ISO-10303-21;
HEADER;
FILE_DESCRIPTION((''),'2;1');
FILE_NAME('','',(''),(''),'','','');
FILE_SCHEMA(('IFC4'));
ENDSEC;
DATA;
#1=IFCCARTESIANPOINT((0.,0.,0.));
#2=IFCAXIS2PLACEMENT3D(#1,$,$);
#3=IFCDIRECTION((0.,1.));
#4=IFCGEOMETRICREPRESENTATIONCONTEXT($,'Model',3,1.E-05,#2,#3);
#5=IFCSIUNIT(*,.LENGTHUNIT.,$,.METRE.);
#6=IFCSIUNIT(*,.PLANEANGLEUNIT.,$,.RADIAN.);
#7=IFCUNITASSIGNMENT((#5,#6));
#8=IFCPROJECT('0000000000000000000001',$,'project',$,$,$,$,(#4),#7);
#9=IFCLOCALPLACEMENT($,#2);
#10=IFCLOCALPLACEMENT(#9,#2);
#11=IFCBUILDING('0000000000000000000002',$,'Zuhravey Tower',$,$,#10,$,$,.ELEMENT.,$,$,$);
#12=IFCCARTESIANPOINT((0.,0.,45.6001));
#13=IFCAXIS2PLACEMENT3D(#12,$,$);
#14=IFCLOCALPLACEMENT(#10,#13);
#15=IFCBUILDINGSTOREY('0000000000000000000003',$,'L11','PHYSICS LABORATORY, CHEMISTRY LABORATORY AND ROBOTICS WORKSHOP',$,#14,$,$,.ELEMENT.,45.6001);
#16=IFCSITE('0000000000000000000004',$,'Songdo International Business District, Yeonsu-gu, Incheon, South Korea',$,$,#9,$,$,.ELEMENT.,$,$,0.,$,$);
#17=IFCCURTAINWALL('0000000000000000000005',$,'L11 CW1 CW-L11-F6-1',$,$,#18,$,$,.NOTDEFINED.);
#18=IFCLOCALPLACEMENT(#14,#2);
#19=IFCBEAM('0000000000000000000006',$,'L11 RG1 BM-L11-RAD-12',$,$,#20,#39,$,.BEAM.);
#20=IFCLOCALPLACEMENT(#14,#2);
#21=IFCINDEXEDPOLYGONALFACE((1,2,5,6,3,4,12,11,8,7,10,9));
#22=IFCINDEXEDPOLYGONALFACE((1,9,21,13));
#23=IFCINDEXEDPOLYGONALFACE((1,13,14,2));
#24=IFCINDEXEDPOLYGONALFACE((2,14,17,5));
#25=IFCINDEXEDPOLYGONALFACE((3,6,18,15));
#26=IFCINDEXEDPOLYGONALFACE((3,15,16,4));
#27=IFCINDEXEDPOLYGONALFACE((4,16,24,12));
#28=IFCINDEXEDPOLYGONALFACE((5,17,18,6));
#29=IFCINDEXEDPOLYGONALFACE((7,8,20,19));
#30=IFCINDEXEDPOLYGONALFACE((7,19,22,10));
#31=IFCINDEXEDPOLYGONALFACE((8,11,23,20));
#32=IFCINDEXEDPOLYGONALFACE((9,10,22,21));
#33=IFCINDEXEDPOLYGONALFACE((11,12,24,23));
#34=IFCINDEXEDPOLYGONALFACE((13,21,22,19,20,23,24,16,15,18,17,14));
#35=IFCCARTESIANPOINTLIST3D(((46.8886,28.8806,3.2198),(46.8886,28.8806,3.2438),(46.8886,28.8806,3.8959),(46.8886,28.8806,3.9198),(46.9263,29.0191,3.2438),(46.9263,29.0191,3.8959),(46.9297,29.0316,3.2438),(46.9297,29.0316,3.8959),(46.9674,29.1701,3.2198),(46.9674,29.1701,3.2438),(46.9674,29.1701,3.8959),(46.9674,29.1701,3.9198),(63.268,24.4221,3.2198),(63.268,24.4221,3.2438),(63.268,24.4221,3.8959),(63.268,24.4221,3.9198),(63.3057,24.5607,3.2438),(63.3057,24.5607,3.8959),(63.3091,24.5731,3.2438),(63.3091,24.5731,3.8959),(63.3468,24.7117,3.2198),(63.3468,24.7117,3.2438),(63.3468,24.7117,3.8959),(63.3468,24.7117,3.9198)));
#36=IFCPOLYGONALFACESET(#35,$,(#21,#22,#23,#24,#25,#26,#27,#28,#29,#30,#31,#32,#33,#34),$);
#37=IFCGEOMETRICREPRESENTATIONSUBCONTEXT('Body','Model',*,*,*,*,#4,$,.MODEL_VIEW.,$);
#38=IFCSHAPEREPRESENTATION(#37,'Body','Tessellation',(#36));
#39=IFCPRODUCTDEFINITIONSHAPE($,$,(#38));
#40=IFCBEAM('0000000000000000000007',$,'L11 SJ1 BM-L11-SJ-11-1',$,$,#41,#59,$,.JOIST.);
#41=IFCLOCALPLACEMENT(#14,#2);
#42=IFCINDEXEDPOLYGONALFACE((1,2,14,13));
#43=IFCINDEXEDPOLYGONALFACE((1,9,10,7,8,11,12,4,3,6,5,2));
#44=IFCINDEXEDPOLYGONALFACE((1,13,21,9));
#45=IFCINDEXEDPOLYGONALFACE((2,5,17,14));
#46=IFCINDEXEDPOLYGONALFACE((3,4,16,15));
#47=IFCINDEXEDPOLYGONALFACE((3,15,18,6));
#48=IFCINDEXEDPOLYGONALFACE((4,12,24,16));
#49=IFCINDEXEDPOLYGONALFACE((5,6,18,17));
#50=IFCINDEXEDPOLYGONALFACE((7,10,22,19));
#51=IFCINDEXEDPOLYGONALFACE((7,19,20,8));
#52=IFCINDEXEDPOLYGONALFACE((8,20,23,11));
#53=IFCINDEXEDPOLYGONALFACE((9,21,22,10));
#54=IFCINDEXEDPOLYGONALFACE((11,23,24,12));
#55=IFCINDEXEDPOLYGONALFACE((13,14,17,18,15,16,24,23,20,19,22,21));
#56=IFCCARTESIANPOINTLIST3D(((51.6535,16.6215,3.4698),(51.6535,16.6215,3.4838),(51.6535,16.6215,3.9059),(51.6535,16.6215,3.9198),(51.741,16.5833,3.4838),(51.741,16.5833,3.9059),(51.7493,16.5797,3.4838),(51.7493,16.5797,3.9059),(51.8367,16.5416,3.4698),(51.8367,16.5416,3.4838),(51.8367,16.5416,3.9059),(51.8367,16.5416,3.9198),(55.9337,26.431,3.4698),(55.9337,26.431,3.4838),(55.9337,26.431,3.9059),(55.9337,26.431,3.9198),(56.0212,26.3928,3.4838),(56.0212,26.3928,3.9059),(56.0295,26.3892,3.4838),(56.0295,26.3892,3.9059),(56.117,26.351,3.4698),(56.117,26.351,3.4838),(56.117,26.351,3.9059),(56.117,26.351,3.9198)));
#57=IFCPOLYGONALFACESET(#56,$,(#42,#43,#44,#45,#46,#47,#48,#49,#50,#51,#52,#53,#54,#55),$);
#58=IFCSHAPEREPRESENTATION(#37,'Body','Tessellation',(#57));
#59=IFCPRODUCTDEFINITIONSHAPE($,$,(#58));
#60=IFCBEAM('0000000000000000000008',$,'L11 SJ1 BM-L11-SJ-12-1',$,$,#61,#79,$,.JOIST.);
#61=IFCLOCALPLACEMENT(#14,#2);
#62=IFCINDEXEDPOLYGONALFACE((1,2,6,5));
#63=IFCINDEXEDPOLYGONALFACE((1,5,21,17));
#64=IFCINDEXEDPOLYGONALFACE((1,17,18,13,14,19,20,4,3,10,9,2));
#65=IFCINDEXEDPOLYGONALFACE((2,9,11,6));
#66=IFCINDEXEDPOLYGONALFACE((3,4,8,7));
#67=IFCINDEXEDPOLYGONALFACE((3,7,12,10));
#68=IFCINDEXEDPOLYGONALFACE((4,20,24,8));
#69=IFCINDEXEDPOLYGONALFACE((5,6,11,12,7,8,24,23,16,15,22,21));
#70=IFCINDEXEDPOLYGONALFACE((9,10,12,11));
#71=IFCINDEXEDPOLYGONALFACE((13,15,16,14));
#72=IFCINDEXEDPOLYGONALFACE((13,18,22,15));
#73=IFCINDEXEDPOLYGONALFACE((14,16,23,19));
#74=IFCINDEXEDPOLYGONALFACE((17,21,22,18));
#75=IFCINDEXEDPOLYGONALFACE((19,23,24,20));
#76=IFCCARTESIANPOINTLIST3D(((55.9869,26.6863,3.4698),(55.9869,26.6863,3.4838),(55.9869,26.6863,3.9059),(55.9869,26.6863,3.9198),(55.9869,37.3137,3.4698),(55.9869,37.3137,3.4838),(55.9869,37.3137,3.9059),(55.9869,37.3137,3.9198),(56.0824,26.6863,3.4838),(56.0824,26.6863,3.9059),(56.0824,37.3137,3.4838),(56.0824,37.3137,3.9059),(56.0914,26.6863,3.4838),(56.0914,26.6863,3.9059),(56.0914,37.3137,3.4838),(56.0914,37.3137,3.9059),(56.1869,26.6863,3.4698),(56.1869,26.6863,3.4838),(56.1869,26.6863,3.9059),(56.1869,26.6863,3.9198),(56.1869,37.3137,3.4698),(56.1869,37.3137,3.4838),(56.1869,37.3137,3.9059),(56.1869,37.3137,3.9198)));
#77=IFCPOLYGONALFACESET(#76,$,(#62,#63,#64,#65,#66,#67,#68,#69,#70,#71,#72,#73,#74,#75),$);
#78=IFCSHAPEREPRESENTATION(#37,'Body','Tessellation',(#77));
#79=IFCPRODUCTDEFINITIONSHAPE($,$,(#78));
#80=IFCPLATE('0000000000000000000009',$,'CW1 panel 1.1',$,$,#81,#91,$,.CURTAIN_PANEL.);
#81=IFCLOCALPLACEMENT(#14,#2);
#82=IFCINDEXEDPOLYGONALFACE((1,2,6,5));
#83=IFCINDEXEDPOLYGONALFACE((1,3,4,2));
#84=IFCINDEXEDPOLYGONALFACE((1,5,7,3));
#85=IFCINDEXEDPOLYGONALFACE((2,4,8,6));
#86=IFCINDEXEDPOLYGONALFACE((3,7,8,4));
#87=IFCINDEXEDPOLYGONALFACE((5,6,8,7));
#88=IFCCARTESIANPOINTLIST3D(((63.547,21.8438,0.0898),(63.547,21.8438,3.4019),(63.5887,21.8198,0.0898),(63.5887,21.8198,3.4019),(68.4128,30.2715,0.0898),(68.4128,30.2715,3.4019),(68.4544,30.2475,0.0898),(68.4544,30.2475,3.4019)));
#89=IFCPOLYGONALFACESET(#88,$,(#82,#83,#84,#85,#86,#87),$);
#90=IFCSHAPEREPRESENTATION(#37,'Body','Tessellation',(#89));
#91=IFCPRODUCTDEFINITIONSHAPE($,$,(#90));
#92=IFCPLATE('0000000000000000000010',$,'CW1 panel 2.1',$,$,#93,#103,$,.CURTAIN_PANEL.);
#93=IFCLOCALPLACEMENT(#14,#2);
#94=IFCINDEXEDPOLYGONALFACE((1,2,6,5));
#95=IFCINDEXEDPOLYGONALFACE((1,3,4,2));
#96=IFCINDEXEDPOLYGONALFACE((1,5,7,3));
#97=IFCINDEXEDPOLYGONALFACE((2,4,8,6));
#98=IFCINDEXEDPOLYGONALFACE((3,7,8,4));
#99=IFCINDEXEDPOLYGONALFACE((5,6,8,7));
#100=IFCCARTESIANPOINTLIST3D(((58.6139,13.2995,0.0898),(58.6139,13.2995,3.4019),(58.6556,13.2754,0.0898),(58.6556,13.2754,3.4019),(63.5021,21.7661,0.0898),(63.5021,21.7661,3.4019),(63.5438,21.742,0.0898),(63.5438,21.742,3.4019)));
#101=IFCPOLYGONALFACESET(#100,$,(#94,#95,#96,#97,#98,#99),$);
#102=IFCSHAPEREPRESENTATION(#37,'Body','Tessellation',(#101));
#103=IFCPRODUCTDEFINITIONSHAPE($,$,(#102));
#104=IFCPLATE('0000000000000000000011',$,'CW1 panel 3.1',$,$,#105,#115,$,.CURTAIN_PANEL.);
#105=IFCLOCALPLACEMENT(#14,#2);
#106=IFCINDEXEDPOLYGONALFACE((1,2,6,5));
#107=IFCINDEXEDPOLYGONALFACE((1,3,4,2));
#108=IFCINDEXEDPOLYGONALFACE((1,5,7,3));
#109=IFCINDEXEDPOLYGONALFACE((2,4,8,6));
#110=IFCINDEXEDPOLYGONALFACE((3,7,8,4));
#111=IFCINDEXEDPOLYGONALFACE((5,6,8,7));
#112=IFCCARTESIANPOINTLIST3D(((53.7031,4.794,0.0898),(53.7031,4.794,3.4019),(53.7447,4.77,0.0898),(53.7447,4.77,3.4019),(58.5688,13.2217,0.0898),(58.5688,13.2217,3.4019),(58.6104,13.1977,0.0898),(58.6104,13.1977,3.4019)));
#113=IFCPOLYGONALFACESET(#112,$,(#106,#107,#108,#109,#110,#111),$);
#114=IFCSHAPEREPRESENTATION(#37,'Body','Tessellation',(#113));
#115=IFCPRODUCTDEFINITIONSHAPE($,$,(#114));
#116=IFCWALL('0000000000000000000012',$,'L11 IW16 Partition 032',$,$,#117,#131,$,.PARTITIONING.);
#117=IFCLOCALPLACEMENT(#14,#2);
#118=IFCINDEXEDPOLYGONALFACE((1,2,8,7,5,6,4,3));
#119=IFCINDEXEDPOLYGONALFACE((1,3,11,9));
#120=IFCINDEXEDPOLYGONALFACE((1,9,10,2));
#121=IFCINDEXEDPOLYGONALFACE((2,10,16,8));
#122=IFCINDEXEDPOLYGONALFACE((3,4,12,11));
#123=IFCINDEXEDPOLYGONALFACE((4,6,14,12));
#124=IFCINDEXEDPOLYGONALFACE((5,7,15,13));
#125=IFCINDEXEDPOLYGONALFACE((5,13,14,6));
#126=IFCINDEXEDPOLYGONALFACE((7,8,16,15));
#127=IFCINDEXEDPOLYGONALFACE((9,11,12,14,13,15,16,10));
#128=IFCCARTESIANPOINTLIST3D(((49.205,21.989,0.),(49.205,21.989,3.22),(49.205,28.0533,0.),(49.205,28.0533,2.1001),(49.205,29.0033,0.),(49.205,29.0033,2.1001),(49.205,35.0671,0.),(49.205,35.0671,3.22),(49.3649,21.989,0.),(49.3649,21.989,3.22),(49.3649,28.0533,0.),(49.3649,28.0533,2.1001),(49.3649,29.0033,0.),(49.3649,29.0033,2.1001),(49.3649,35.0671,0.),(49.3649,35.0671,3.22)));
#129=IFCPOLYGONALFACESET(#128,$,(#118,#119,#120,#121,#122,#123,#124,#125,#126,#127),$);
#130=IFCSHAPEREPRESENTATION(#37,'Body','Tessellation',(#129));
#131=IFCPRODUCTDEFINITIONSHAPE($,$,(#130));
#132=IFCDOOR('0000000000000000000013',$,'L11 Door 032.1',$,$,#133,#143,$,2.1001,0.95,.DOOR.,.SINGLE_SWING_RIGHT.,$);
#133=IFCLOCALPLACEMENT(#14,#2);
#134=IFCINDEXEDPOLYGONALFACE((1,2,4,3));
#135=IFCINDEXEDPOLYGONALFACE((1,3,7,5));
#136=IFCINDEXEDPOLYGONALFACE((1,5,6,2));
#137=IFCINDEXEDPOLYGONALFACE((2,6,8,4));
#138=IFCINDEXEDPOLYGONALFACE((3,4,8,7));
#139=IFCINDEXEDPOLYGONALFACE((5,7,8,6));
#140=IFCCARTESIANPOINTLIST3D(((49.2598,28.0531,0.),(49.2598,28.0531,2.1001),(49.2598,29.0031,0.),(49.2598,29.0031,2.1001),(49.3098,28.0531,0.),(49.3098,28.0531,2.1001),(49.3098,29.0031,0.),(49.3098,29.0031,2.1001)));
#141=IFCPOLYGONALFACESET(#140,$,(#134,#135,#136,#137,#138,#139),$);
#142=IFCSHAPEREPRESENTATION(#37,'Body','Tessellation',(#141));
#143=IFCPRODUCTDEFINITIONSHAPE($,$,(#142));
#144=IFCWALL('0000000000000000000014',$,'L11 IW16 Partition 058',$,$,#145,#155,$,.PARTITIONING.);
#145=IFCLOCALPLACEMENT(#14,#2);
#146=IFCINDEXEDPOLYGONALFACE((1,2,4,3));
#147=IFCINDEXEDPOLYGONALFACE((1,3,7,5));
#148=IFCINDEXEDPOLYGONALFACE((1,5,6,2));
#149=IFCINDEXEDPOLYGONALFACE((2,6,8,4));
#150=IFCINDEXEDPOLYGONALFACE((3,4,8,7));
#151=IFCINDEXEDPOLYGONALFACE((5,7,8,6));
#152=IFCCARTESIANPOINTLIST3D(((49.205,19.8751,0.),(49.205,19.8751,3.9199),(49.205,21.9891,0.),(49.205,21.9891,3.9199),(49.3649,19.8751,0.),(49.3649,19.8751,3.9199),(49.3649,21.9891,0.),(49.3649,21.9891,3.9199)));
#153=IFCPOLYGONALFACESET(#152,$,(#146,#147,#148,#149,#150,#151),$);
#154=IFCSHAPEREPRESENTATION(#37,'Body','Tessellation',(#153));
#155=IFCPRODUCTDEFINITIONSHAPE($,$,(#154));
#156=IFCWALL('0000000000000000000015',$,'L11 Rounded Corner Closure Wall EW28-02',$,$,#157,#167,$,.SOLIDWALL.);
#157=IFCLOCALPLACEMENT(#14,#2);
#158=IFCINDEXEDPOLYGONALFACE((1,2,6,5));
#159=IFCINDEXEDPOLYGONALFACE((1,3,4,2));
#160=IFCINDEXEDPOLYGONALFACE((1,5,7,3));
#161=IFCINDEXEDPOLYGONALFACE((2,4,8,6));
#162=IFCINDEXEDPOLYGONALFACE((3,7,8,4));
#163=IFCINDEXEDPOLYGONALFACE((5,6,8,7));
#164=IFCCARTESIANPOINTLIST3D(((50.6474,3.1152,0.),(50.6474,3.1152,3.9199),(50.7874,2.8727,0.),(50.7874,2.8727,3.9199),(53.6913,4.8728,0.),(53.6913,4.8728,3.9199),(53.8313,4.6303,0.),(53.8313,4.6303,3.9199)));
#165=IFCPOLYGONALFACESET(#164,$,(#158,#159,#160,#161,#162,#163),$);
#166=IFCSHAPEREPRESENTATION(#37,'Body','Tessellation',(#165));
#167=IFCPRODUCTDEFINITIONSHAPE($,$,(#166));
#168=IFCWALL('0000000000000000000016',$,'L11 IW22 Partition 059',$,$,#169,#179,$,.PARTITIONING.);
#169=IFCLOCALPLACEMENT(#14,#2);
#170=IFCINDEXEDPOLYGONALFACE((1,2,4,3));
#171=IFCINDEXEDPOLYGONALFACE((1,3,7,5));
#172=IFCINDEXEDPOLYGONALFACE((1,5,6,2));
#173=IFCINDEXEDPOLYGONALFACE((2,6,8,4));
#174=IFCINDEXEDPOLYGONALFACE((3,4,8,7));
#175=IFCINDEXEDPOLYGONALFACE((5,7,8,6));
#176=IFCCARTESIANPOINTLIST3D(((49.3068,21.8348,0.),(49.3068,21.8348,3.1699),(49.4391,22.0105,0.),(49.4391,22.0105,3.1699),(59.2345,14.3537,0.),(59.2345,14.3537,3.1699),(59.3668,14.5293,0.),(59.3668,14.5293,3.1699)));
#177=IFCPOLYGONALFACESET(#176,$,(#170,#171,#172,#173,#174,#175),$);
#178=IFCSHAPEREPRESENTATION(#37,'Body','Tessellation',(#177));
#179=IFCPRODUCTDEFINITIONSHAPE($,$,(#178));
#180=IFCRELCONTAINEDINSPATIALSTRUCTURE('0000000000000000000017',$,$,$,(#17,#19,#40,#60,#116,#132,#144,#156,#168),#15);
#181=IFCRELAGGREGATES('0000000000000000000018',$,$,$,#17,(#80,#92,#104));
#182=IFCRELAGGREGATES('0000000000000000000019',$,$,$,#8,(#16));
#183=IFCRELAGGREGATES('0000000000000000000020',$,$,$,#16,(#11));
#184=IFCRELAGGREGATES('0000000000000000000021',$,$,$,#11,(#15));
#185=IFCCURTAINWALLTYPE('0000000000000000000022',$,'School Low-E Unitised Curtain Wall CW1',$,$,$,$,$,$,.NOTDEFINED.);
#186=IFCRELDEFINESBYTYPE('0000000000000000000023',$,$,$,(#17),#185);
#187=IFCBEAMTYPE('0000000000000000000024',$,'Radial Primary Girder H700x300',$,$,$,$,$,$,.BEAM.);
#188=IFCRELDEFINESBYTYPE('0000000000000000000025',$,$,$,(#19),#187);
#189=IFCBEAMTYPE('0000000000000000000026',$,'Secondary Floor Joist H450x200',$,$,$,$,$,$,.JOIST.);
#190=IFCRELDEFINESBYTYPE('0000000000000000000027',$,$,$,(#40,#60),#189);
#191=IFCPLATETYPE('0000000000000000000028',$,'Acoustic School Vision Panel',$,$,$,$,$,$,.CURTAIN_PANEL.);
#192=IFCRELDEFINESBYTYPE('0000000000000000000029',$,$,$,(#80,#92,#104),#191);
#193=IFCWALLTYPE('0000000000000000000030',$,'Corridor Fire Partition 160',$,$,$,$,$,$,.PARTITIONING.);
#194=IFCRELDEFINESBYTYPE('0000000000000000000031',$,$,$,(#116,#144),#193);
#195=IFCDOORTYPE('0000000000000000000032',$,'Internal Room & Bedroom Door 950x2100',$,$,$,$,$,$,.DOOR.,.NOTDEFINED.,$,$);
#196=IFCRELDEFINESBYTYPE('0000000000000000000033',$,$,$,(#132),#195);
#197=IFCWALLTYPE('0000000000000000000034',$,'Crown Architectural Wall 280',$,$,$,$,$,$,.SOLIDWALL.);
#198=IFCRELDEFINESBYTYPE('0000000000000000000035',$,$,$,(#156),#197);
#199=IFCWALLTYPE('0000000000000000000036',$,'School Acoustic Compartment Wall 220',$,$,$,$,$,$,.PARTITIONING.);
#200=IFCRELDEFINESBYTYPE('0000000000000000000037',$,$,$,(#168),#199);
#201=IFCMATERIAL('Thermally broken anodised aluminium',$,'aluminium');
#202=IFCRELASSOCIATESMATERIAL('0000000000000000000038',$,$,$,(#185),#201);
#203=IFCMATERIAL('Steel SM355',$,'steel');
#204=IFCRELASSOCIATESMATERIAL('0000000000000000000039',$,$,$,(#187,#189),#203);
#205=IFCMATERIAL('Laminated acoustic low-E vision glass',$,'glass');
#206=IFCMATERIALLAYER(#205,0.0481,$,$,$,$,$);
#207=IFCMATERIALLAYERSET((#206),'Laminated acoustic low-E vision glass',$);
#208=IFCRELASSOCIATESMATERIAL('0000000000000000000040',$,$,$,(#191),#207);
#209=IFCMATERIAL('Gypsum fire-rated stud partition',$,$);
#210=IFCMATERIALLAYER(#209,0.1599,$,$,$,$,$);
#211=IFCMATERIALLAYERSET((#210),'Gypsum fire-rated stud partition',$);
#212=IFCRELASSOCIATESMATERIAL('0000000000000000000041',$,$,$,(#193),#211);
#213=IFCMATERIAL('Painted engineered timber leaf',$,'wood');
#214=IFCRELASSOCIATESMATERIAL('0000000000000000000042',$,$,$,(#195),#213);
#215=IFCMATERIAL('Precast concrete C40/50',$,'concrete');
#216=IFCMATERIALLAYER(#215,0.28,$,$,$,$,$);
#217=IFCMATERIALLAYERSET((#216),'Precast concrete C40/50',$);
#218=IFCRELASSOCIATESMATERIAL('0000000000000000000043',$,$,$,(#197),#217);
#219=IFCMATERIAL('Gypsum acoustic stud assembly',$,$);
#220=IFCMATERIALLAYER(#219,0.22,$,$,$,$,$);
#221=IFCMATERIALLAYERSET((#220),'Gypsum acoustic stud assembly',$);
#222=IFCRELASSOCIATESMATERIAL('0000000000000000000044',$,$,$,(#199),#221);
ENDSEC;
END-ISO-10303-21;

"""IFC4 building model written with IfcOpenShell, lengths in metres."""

from ifc_helpers import new_model, si_unit, direction, frame, frame_2d, origin, origin_2d, place, context, subcontext, project, spatial, rectangle, i_section, extrude, material, layer, layer_set, material_profile, profile_set, type_object, element, fill, aggregate, save


model = new_model("IFC4")

# Units and contexts
model_context = context("Model", 3, precision=1e-05, world=origin(), true_north=direction((0.0, 1.0)))
body_context = subcontext(model_context, "Body", "Model", "MODEL_VIEW")
ifc_project = project(units=[si_unit("LENGTHUNIT", "METRE"), si_unit("PLANEANGLEUNIT", "RADIAN")], contexts=[model_context])

# Site, building, storey
site_placement = place(None, origin())
site = spatial("IfcSite", under=ifc_project, at=site_placement, Name="Songdo International Business District, Yeonsu-gu, Incheon, South Korea", CompositionType="ELEMENT", RefElevation=0.0)
building_placement = place(site_placement, origin())
building = spatial("IfcBuilding", under=site, at=building_placement, Name="Zuhravey Tower", CompositionType="ELEMENT")
storey_placement = place(building_placement, frame((0.0, 0.0, 45.6001)))
storey = spatial("IfcBuildingStorey", under=building, at=storey_placement, Name="L11", Description="PHYSICS LABORATORY, CHEMISTRY LABORATORY AND ROBOTICS WORKSHOP", CompositionType="ELEMENT", Elevation=45.6001)

# Curtain wall
ifc_material_1 = material(Name="Thermally broken anodised aluminium", Category="aluminium")
curtain_wall_type = type_object("IfcCurtainWallType", Name="School Low-E Unitised Curtain Wall CW1", PredefinedType="NOTDEFINED", material=ifc_material_1)
curtain_wall_1_placement = place(storey_placement, origin())
curtain_wall_1 = element("IfcCurtainWall", 1, at=curtain_wall_1_placement, inside=storey, type_object=curtain_wall_type, Name="L11 CW1 CW-L11-F6-1", PredefinedType="NOTDEFINED")

# Beams
ifc_material_2 = material(Name="Steel SM355", Category="steel")
ifc_material_profile_1 = material_profile(ifc_material_2, i_section(OverallWidth=0.3, OverallDepth=0.7, WebThickness=0.0129, FlangeThickness=0.0239, at=origin_2d()), Name="H-700x300x13x24")
ifc_profile_set_1 = profile_set([ifc_material_profile_1], Name="Steel SM355")
beam_type_1 = type_object("IfcBeamType", Name="Radial Primary Girder H700x300", PredefinedType="BEAM", material=ifc_profile_set_1)
beam_1_placement = place(storey_placement, frame((46.928, 29.0254, 3.5698), z_axis=(0.964892, -0.262645, 0.0), x_axis=(0.262645, 0.964892, 0.0)))
element("IfcBeam", 2, at=beam_1_placement, inside=storey, type_object=beam_type_1, Name="L11 RG1 BM-L11-RAD-12", PredefinedType="BEAM", context=body_context, shape_type="SweptSolid", body=[
    extrude(i_section(OverallWidth=0.3, OverallDepth=0.7, WebThickness=0.0129, FlangeThickness=0.0239, at=origin_2d()), origin(), (0.0, 0.0, 1.0), 16.9753),
])
ifc_material_profile_2 = material_profile(ifc_material_2, i_section(OverallWidth=0.2, OverallDepth=0.45, WebThickness=0.009, FlangeThickness=0.0139, at=origin_2d()), Name="H-450x200x9x14")
ifc_profile_set_2 = profile_set([ifc_material_profile_2], Name="Steel SM355")
beam_type_2 = type_object("IfcBeamType", Name="Secondary Floor Joist H450x200", PredefinedType="JOIST", material=ifc_profile_set_2)
beam_2_placement = place(storey_placement, frame((51.7451, 16.5815, 3.6948), z_axis=(0.399924, 0.916549, 0.0), x_axis=(-0.916549, 0.399924, 0.0)))
element("IfcBeam", 3, at=beam_2_placement, inside=storey, type_object=beam_type_2, Name="L11 SJ1 BM-L11-SJ-11-1", PredefinedType="JOIST", context=body_context, shape_type="SweptSolid", body=[
    extrude(i_section(OverallWidth=0.2, OverallDepth=0.45, WebThickness=0.009, FlangeThickness=0.0139, at=origin_2d()), origin(), (0.0, 0.0, 1.0), 10.7026),
])
beam_3_placement = place(storey_placement, frame((56.0869, 26.6863, 3.6948), z_axis=(0.0, 1.0, 0.0), x_axis=(-1.0, 0.0, 0.0)))
element("IfcBeam", 4, at=beam_3_placement, inside=storey, type_object=beam_type_2, Name="L11 SJ1 BM-L11-SJ-12-1", PredefinedType="JOIST", context=body_context, shape_type="SweptSolid", body=[
    extrude(i_section(OverallWidth=0.2, OverallDepth=0.45, WebThickness=0.009, FlangeThickness=0.0139, at=origin_2d()), origin(), (0.0, 0.0, 1.0), 10.6274),
])

# Plates
ifc_material_3 = material(Name="Laminated acoustic low-E vision glass", Category="glass")
ifc_layer_1 = layer(ifc_material_3, 0.0481)
ifc_layer_set_1 = layer_set([ifc_layer_1], Name="Laminated acoustic low-E vision glass")
plate_type = type_object("IfcPlateType", Name="Acoustic School Vision Panel", PredefinedType="CURTAIN_PANEL", material=ifc_layer_set_1)
plate_1_placement = place(storey_placement, frame((66.0007, 26.0457, 0.0898), z_axis=(0.0, 0.0, 1.0), x_axis=(-0.5, -0.866026, 0.0)))
plate_1 = element("IfcPlate", 5, at=plate_1_placement, type_object=plate_type, Name="CW1 panel 1.1", PredefinedType="CURTAIN_PANEL", context=body_context, shape_type="SweptSolid", body=[
    extrude(rectangle(XDim=9.7314, YDim=0.0481, at=origin_2d()), origin(), (0.0, 0.0, 1.0), 3.312),
])
plate_2_placement = place(storey_placement, frame((61.0789, 17.5208, 0.0898), z_axis=(0.0, 0.0, 1.0), x_axis=(-0.5, -0.866026, 0.0)))
plate_2 = element("IfcPlate", 6, at=plate_2_placement, type_object=plate_type, Name="CW1 panel 2.1", PredefinedType="CURTAIN_PANEL", context=body_context, shape_type="SweptSolid", body=[
    extrude(rectangle(XDim=9.7764, YDim=0.0481, at=origin_2d()), origin(), (0.0, 0.0, 1.0), 3.312),
])
plate_3_placement = place(storey_placement, frame((56.1567, 8.9958, 0.0898), z_axis=(0.0, 0.0, 1.0), x_axis=(-0.5, -0.866026, 0.0)))
plate_3 = element("IfcPlate", 7, at=plate_3_placement, type_object=plate_type, Name="CW1 panel 3.1", PredefinedType="CURTAIN_PANEL", context=body_context, shape_type="SweptSolid", body=[
    extrude(rectangle(XDim=9.7314, YDim=0.0481, at=origin_2d()), origin(), (0.0, 0.0, 1.0), 3.312),
])
aggregate(curtain_wall_1, [plate_1, plate_2, plate_3])

# Wall, opening, door
ifc_material_4 = material(Name="Gypsum fire-rated stud partition")
ifc_layer_2 = layer(ifc_material_4, 0.1599)
ifc_layer_set_2 = layer_set([ifc_layer_2], Name="Gypsum fire-rated stud partition")
wall_type_1 = type_object("IfcWallType", Name="Corridor Fire Partition 160", PredefinedType="PARTITIONING", material=ifc_layer_set_2)
wall_1_placement = place(storey_placement, frame((49.2849, 21.989, 0.0), z_axis=(0.0, 0.0, 1.0), x_axis=(0.0, 1.0, 0.0)))
wall_1 = element("IfcWall", 8, at=wall_1_placement, inside=storey, type_object=wall_type_1, Name="L11 IW16 Partition 032", PredefinedType="PARTITIONING", context=body_context, shape_type="SweptSolid", body=[
    extrude(rectangle(XDim=13.0781, YDim=0.1599, at=frame_2d((6.5391, 0.0))), origin(), (0.0, 0.0, 1.0), 3.22),
])
opening_placement = place(wall_1_placement, frame((6.0642, 0.0, 0.0)))
opening = element("IfcOpeningElement", 9, at=opening_placement, cuts=wall_1, PredefinedType="OPENING", context=body_context, shape_type="SweptSolid", body=[
    extrude(rectangle(XDim=0.95, YDim=2.1001, at=frame_2d((0.4751, 1.05))), frame((0.0, 0.092, 0.0), z_axis=(0.0, -1.0, 0.0), x_axis=(1.0, 0.0, 0.0)), (0.0, 0.0, 1.0), 0.1838),
])
ifc_material_5 = material(Name="Painted engineered timber leaf", Category="wood")
door_type = type_object("IfcDoorType", Name="Internal Room & Bedroom Door 950x2100", OperationType="NOTDEFINED", PredefinedType="DOOR", material=ifc_material_5)
door_placement = place(opening_placement, frame((0.95, 0.0, 0.0), z_axis=(0.0, 0.0, 1.0), x_axis=(-1.0, 0.0, 0.0)))
door = element("IfcDoor", 10, at=door_placement, inside=storey, type_object=door_type, Name="L11 Door 032.1", OperationType="SINGLE_SWING_RIGHT", OverallHeight=2.1001, OverallWidth=0.95, PredefinedType="DOOR", context=body_context, shape_type="SweptSolid", body=[
    extrude(rectangle(XDim=0.95, YDim=2.1001, at=frame_2d((0.4751, 1.05))), frame((0.0, 0.0249, 0.0), z_axis=(0.0, -1.0, 0.0), x_axis=(1.0, 0.0, 0.0)), (0.0, 0.0, 1.0), 0.05),
])
fill(opening, door)

# Walls
wall_2_placement = place(storey_placement, frame((49.2849, 19.875, 0.0), z_axis=(0.0, 0.0, 1.0), x_axis=(0.0, 1.0, 0.0)))
element("IfcWall", 11, at=wall_2_placement, inside=storey, type_object=wall_type_1, Name="L11 IW16 Partition 058", PredefinedType="PARTITIONING", context=body_context, shape_type="SweptSolid", body=[
    extrude(rectangle(XDim=2.114, YDim=0.1599, at=frame_2d((1.0571, 0.0))), origin(), (0.0, 0.0, 1.0), 3.9199),
])
ifc_material_6 = material(Name="Precast concrete C40/50", Category="concrete")
ifc_layer_3 = layer(ifc_material_6, 0.28)
ifc_layer_set_3 = layer_set([ifc_layer_3], Name="Precast concrete C40/50")
wall_type_2 = type_object("IfcWallType", Name="Crown Architectural Wall 280", PredefinedType="SOLIDWALL", material=ifc_layer_set_3)
wall_3_placement = place(storey_placement, frame((53.7612, 4.7515, 0.0), z_axis=(0.0, 0.0, 1.0), x_axis=(-0.866007, -0.500031, 0.0)))
element("IfcWall", 12, at=wall_3_placement, inside=storey, type_object=wall_type_2, Name="L11 Rounded Corner Closure Wall EW28-02", PredefinedType="SOLIDWALL", context=body_context, shape_type="SweptSolid", body=[
    extrude(rectangle(XDim=3.5149, YDim=0.28, at=frame_2d((1.7573, 0.0))), origin(), (0.0, 0.0, 1.0), 3.9199),
])
ifc_material_7 = material(Name="Gypsum acoustic stud assembly")
ifc_layer_4 = layer(ifc_material_7, 0.22)
ifc_layer_set_4 = layer_set([ifc_layer_4], Name="Gypsum acoustic stud assembly")
wall_type_3 = type_object("IfcWallType", Name="School Acoustic Compartment Wall 220", PredefinedType="PARTITIONING", material=ifc_layer_set_4)
wall_4_placement = place(storey_placement, frame((49.373, 21.9226, 0.0), z_axis=(0.0, 0.0, 1.0), x_axis=(0.798631, -0.601821, 0.0)))
element("IfcWall", 13, at=wall_4_placement, inside=storey, type_object=wall_type_3, Name="L11 IW22 Partition 059", PredefinedType="PARTITIONING", context=body_context, shape_type="SweptSolid", body=[
    extrude(rectangle(XDim=12.4309, YDim=0.22, at=frame_2d((6.2153, 0.0))), origin(), (0.0, 0.0, 1.0), 3.1699),
])

save(model, "model.ifc")
